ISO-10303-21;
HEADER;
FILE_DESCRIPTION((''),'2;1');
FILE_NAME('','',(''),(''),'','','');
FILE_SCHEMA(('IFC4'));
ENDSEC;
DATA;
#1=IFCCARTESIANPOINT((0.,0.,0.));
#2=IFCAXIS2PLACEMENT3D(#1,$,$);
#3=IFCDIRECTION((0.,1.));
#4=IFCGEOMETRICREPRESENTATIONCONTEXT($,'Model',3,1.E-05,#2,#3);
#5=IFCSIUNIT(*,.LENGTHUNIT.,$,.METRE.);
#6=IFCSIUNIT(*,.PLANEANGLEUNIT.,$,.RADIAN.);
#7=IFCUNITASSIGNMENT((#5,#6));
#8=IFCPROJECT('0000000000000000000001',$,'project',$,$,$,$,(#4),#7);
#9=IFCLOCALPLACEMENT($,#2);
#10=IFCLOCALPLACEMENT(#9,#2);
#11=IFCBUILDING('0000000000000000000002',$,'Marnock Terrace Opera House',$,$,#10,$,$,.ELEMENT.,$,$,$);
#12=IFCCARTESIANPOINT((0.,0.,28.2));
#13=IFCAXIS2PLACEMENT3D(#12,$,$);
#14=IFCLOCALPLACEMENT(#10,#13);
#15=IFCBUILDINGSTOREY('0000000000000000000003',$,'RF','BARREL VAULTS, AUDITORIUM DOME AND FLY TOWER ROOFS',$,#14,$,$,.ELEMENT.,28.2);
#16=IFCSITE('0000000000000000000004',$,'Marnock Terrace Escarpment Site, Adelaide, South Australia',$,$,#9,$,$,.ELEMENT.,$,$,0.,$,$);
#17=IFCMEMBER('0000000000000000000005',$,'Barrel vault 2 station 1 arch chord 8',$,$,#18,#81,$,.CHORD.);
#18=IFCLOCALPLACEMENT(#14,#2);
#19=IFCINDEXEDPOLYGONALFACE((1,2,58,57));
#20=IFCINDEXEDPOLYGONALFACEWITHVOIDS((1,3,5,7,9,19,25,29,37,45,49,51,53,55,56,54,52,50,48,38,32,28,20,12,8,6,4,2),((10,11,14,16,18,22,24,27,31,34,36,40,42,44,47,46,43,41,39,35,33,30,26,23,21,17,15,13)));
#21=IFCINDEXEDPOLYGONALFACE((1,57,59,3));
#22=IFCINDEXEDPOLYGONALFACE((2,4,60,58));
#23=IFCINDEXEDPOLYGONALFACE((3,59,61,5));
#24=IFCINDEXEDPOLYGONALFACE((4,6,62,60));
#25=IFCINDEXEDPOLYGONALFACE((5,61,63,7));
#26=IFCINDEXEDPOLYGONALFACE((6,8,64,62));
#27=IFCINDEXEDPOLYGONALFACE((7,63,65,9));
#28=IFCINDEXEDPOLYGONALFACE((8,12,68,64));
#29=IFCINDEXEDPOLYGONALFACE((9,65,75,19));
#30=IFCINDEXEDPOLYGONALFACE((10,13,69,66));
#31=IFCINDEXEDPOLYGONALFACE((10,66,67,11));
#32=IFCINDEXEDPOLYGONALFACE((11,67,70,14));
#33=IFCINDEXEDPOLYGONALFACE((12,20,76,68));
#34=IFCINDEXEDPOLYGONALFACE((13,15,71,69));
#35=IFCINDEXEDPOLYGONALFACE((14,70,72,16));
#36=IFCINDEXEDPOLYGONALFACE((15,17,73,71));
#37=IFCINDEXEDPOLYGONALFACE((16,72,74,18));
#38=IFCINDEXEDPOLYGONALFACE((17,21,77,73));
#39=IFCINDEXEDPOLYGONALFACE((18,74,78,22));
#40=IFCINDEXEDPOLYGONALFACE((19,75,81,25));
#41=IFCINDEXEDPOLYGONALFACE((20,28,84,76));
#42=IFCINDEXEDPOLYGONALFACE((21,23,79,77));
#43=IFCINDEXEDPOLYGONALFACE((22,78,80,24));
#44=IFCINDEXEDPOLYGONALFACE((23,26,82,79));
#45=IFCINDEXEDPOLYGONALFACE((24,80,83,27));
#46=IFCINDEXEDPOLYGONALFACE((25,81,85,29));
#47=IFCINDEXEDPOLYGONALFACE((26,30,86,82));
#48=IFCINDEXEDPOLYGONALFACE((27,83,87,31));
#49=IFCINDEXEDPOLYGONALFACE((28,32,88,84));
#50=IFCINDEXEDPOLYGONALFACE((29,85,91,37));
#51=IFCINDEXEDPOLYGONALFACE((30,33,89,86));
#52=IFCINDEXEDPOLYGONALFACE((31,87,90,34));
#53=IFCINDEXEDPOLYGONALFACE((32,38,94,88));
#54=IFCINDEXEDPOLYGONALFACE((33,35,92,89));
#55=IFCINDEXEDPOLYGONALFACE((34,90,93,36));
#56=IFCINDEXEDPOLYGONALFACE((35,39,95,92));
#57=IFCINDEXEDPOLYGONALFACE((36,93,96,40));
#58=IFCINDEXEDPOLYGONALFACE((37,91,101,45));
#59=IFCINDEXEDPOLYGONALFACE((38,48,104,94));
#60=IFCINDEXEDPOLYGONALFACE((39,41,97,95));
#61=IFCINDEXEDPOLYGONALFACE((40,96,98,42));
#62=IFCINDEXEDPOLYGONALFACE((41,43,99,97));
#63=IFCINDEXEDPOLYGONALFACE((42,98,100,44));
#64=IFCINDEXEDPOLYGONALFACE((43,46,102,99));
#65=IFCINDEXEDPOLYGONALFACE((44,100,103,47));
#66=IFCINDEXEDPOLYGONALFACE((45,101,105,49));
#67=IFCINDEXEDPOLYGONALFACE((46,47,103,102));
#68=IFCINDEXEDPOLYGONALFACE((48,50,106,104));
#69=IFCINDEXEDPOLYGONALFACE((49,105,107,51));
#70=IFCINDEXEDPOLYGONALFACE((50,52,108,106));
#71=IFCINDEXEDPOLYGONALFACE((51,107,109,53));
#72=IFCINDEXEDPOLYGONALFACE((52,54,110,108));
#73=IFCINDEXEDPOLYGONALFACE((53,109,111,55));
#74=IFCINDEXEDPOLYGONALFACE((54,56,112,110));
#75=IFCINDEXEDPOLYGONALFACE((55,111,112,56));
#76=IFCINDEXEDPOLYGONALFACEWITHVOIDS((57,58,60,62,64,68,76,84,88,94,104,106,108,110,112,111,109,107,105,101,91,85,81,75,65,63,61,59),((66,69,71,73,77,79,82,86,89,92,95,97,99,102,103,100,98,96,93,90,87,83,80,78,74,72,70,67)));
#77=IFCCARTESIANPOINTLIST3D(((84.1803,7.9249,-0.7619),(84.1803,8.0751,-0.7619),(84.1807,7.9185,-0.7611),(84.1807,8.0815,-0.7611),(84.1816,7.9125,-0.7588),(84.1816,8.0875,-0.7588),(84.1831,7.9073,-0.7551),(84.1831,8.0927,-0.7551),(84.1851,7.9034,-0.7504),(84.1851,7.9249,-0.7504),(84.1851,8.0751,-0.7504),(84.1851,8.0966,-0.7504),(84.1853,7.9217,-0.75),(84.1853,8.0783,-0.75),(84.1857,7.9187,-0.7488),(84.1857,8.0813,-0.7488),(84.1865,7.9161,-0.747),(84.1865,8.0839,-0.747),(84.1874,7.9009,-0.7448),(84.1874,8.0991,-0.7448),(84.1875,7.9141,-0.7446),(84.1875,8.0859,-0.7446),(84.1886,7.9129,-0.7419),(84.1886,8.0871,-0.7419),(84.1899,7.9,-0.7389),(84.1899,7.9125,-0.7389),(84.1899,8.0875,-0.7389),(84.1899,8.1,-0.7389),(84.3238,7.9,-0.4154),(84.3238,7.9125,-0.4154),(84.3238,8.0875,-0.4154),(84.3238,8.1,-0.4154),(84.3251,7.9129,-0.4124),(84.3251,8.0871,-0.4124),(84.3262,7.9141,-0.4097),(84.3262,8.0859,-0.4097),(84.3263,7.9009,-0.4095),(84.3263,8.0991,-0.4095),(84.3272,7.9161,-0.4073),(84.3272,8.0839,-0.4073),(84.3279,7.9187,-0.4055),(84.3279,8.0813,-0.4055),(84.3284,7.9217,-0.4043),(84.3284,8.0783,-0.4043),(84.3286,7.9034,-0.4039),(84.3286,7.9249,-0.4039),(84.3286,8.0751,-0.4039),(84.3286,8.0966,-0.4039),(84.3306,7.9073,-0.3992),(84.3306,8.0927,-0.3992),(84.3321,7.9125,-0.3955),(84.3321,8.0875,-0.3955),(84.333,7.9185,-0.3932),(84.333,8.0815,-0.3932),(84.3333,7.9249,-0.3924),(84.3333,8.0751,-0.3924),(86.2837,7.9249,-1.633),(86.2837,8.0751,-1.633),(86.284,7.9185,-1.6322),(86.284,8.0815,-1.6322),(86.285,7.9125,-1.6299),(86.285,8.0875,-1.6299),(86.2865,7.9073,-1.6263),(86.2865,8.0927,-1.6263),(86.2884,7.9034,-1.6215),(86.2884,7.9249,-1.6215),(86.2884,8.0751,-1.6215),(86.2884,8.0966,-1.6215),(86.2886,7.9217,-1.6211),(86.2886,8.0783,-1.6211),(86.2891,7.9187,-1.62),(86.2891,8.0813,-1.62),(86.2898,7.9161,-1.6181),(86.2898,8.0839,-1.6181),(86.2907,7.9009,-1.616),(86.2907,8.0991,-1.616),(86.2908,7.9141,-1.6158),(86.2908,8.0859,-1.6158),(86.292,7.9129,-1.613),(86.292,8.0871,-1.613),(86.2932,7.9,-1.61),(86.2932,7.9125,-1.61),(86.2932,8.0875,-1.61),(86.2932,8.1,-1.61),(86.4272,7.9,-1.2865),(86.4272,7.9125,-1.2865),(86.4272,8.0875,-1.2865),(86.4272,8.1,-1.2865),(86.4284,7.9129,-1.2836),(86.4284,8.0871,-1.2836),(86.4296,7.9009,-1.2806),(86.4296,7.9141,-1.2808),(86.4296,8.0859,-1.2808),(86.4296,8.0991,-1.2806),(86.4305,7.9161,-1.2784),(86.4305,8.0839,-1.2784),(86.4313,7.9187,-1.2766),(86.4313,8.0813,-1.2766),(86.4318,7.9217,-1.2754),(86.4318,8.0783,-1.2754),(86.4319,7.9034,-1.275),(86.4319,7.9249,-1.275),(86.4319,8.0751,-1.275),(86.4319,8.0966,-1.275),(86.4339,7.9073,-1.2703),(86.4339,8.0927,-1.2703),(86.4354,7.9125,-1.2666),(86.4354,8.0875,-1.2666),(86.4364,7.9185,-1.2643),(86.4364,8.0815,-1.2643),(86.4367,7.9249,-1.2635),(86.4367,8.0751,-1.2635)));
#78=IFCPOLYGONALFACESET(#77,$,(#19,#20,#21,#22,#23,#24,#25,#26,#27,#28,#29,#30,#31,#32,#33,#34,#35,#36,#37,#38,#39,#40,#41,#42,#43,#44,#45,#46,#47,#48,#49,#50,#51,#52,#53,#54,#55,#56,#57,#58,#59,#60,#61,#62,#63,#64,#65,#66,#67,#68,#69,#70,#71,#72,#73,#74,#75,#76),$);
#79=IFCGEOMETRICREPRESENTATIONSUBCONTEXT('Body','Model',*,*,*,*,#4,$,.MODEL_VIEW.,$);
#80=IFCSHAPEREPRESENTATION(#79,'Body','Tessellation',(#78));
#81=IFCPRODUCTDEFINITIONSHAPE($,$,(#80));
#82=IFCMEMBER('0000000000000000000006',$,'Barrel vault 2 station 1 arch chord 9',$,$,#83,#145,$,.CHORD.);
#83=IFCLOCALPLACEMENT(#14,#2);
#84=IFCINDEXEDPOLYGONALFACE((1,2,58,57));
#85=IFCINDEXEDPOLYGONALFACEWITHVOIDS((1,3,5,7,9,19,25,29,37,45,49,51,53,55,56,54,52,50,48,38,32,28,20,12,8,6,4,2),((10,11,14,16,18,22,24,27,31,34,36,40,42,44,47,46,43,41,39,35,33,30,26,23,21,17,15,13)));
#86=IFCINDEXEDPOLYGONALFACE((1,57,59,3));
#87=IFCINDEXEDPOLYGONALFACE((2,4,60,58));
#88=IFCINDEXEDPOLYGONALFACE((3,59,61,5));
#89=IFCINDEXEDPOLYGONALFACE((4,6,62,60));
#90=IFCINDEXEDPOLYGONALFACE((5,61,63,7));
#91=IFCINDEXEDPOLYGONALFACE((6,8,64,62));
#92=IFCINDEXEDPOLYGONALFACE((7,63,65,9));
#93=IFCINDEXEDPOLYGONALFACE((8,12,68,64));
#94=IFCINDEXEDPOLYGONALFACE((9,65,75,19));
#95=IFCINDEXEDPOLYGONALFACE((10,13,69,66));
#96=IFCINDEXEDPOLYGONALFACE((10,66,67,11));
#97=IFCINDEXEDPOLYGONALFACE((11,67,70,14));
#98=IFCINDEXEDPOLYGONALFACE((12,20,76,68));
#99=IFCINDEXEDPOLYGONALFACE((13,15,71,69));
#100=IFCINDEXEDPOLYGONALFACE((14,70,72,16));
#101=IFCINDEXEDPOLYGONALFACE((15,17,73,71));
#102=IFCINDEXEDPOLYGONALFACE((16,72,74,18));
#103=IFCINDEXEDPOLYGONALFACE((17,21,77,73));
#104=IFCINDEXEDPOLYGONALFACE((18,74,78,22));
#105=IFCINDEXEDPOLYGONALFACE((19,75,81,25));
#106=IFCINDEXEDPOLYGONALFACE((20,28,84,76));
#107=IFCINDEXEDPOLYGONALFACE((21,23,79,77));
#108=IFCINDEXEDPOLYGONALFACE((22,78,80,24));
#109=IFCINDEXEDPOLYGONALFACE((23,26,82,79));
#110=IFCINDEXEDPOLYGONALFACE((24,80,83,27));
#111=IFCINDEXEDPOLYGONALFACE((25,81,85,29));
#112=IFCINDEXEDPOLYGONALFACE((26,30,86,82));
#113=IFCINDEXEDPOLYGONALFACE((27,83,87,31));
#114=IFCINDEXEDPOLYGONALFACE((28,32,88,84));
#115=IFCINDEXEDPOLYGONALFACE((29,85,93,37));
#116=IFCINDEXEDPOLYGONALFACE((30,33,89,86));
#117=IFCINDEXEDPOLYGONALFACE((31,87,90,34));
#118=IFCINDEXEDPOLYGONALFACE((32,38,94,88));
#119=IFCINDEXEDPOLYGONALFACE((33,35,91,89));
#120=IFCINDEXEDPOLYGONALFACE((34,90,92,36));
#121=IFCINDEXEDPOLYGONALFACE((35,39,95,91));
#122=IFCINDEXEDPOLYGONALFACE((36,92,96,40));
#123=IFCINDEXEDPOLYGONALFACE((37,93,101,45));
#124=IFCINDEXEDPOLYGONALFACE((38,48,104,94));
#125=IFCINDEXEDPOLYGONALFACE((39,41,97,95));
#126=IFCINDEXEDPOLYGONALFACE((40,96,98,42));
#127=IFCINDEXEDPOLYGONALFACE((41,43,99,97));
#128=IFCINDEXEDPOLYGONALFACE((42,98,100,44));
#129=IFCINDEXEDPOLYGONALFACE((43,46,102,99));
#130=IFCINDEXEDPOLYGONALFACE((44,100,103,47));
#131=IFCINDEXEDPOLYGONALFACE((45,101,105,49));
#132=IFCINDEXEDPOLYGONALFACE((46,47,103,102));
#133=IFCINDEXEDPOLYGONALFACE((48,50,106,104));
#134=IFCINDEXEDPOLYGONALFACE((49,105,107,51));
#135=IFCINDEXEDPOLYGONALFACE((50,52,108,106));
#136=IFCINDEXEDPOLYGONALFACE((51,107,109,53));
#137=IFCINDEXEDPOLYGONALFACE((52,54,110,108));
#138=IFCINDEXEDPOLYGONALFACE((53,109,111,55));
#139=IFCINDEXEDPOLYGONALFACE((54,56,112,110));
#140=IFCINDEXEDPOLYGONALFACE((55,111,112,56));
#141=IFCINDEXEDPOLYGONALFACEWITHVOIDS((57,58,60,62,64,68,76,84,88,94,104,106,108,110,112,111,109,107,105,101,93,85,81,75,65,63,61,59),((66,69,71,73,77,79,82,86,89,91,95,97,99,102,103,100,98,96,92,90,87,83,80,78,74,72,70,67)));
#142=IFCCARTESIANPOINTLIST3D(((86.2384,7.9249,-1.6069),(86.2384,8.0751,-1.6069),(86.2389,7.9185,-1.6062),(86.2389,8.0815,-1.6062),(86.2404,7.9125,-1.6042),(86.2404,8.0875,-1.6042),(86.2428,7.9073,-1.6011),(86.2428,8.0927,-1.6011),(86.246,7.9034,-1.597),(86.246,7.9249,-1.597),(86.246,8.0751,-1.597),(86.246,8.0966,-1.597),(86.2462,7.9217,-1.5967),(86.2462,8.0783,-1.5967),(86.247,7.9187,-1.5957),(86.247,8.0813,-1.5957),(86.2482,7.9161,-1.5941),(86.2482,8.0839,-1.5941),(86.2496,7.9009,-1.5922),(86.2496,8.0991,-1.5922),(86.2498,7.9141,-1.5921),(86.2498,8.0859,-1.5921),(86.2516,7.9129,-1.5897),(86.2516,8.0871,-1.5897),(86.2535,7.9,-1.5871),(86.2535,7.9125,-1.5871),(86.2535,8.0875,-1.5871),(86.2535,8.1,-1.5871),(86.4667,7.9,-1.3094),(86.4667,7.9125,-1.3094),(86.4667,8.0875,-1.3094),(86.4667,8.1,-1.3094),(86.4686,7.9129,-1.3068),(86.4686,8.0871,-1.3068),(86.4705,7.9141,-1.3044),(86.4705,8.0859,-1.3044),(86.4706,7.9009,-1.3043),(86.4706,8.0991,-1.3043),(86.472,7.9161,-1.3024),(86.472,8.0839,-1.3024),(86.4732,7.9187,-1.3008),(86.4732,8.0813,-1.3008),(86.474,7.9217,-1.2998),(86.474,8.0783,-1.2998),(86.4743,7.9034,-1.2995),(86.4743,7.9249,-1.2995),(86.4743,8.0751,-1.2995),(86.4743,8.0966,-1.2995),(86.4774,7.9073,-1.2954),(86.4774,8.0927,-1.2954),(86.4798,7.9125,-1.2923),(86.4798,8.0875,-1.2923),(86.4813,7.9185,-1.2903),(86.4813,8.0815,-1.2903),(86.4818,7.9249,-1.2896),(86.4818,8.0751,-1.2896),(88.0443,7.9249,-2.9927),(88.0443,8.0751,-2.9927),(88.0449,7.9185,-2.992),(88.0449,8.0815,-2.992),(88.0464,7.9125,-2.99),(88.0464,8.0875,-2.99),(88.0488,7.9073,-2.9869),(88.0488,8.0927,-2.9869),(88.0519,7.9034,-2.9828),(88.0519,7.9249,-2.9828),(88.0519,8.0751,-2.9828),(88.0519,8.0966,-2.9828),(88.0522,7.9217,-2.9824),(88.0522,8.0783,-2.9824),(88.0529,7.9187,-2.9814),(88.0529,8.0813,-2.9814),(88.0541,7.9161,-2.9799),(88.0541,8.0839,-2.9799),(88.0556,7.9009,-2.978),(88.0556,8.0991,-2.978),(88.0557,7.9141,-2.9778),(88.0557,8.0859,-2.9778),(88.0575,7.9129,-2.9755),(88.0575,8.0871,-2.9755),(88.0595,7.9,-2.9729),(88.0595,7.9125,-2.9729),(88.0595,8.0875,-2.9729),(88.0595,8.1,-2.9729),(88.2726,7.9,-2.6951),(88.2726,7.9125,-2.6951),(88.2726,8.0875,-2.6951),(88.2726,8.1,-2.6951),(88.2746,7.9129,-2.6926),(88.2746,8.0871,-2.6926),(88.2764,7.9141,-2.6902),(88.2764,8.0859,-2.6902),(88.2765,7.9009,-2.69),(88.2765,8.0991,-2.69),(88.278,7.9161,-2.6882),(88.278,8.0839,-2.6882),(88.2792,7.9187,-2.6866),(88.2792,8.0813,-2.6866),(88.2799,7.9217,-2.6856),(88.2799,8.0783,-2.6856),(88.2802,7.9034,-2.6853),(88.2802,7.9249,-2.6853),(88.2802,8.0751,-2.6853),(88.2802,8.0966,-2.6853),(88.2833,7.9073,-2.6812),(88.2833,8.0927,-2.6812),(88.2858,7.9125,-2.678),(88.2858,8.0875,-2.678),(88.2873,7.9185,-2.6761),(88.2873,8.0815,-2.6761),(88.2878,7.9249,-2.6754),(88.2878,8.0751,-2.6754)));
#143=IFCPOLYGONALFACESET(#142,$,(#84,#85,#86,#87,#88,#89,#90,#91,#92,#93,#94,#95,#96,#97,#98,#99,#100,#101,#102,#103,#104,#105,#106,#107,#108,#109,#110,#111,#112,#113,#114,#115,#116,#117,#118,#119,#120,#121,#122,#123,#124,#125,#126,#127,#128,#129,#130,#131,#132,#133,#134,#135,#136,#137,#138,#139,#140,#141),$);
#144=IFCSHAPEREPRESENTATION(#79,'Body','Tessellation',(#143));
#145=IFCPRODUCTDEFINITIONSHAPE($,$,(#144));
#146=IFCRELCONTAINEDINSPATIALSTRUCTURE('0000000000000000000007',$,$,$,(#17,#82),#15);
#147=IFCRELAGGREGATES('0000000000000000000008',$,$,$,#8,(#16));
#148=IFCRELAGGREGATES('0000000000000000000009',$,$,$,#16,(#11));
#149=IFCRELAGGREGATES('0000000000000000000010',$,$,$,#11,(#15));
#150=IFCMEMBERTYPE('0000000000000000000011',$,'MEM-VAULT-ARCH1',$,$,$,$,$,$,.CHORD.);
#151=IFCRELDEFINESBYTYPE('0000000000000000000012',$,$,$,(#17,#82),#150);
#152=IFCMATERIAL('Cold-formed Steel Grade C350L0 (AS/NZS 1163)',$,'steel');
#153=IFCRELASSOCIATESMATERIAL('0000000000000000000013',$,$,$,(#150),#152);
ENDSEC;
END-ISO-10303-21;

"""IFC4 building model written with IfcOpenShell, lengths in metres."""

from ifc_helpers import new_model, si_unit, direction, frame, origin, origin_2d, place, context, subcontext, project, spatial, hollow_rectangle, extrude, material, material_profile, profile_set, type_object, element, save


model = new_model("IFC4")

# Units and contexts
model_context = context("Model", 3, precision=1e-05, world=origin(), true_north=direction((0.0, 1.0)))
body_context = subcontext(model_context, "Body", "Model", "MODEL_VIEW")
ifc_project = project(units=[si_unit("LENGTHUNIT", "METRE"), si_unit("PLANEANGLEUNIT", "RADIAN")], contexts=[model_context])

# Site, building, storey
site_placement = place(None, origin())
site = spatial("IfcSite", under=ifc_project, at=site_placement, Name="Marnock Terrace Escarpment Site, Adelaide, South Australia", CompositionType="ELEMENT", RefElevation=0.0)
building_placement = place(site_placement, origin())
building = spatial("IfcBuilding", under=site, at=building_placement, Name="Marnock Terrace Opera House", CompositionType="ELEMENT")
storey_placement = place(building_placement, frame((0.0, 0.0, 28.2)))
storey = spatial("IfcBuildingStorey", under=building, at=storey_placement, Name="RF", Description="BARREL VAULTS, AUDITORIUM DOME AND FLY TOWER ROOFS", CompositionType="ELEMENT", Elevation=28.2)

# Members
ifc_material_1 = material(Name="Cold-formed Steel Grade C350L0 (AS/NZS 1163)", Category="steel")
ifc_material_profile_1 = material_profile(ifc_material_1, hollow_rectangle(XDim=0.2, YDim=0.3999, WallThickness=0.0125, InnerFilletRadius=0.0125, OuterFilletRadius=0.0249, at=origin_2d()))
ifc_profile_set_1 = profile_set([ifc_material_profile_1], Name="Cold-formed Steel Grade C350L0 (AS/NZS 1163)")
member_type_1 = type_object("IfcMemberType", Name="MEM-VAULT-ARCH1", PredefinedType="CHORD", material=ifc_profile_set_1)
member_1_placement = place(storey_placement, frame((84.2568, 8.0, -0.5771), z_axis=(0.923897, 0.0, -0.382642), x_axis=(0.0, 1.0, 0.0)))
element("IfcMember", 1, at=member_1_placement, inside=storey, type_object=member_type_1, Name="Barrel vault 2 station 1 arch chord 8", PredefinedType="CHORD", context=body_context, shape_type="SweptSolid", body=[
    extrude(hollow_rectangle(XDim=0.2, YDim=0.3999, WallThickness=0.0125, InnerFilletRadius=0.0125, OuterFilletRadius=0.0249, at=origin_2d()), origin(), (0.0, 0.0, 1.0), 2.2766),
])
for number, where, z_axis, x_axis, name in (
    (2, (86.3601, 8.0, -1.4482), (0.793349, 0.0, -0.608767), (0.0, 1.0, 0.0), "Barrel vault 2 station 1 arch chord 9"),
):
    element("IfcMember", number, at=place(storey_placement, frame(where, z_axis=z_axis, x_axis=x_axis)), inside=storey, type_object=member_type_1, Name=name, PredefinedType="CHORD", context=body_context, shape_type="SweptSolid", body=[
        extrude(hollow_rectangle(XDim=0.2, YDim=0.3999, WallThickness=0.0125, InnerFilletRadius=0.0125, OuterFilletRadius=0.0249, at=origin_2d()), origin(), (0.0, 0.0, 1.0), 2.2764),
    ])

save(model, "model.ifc")
